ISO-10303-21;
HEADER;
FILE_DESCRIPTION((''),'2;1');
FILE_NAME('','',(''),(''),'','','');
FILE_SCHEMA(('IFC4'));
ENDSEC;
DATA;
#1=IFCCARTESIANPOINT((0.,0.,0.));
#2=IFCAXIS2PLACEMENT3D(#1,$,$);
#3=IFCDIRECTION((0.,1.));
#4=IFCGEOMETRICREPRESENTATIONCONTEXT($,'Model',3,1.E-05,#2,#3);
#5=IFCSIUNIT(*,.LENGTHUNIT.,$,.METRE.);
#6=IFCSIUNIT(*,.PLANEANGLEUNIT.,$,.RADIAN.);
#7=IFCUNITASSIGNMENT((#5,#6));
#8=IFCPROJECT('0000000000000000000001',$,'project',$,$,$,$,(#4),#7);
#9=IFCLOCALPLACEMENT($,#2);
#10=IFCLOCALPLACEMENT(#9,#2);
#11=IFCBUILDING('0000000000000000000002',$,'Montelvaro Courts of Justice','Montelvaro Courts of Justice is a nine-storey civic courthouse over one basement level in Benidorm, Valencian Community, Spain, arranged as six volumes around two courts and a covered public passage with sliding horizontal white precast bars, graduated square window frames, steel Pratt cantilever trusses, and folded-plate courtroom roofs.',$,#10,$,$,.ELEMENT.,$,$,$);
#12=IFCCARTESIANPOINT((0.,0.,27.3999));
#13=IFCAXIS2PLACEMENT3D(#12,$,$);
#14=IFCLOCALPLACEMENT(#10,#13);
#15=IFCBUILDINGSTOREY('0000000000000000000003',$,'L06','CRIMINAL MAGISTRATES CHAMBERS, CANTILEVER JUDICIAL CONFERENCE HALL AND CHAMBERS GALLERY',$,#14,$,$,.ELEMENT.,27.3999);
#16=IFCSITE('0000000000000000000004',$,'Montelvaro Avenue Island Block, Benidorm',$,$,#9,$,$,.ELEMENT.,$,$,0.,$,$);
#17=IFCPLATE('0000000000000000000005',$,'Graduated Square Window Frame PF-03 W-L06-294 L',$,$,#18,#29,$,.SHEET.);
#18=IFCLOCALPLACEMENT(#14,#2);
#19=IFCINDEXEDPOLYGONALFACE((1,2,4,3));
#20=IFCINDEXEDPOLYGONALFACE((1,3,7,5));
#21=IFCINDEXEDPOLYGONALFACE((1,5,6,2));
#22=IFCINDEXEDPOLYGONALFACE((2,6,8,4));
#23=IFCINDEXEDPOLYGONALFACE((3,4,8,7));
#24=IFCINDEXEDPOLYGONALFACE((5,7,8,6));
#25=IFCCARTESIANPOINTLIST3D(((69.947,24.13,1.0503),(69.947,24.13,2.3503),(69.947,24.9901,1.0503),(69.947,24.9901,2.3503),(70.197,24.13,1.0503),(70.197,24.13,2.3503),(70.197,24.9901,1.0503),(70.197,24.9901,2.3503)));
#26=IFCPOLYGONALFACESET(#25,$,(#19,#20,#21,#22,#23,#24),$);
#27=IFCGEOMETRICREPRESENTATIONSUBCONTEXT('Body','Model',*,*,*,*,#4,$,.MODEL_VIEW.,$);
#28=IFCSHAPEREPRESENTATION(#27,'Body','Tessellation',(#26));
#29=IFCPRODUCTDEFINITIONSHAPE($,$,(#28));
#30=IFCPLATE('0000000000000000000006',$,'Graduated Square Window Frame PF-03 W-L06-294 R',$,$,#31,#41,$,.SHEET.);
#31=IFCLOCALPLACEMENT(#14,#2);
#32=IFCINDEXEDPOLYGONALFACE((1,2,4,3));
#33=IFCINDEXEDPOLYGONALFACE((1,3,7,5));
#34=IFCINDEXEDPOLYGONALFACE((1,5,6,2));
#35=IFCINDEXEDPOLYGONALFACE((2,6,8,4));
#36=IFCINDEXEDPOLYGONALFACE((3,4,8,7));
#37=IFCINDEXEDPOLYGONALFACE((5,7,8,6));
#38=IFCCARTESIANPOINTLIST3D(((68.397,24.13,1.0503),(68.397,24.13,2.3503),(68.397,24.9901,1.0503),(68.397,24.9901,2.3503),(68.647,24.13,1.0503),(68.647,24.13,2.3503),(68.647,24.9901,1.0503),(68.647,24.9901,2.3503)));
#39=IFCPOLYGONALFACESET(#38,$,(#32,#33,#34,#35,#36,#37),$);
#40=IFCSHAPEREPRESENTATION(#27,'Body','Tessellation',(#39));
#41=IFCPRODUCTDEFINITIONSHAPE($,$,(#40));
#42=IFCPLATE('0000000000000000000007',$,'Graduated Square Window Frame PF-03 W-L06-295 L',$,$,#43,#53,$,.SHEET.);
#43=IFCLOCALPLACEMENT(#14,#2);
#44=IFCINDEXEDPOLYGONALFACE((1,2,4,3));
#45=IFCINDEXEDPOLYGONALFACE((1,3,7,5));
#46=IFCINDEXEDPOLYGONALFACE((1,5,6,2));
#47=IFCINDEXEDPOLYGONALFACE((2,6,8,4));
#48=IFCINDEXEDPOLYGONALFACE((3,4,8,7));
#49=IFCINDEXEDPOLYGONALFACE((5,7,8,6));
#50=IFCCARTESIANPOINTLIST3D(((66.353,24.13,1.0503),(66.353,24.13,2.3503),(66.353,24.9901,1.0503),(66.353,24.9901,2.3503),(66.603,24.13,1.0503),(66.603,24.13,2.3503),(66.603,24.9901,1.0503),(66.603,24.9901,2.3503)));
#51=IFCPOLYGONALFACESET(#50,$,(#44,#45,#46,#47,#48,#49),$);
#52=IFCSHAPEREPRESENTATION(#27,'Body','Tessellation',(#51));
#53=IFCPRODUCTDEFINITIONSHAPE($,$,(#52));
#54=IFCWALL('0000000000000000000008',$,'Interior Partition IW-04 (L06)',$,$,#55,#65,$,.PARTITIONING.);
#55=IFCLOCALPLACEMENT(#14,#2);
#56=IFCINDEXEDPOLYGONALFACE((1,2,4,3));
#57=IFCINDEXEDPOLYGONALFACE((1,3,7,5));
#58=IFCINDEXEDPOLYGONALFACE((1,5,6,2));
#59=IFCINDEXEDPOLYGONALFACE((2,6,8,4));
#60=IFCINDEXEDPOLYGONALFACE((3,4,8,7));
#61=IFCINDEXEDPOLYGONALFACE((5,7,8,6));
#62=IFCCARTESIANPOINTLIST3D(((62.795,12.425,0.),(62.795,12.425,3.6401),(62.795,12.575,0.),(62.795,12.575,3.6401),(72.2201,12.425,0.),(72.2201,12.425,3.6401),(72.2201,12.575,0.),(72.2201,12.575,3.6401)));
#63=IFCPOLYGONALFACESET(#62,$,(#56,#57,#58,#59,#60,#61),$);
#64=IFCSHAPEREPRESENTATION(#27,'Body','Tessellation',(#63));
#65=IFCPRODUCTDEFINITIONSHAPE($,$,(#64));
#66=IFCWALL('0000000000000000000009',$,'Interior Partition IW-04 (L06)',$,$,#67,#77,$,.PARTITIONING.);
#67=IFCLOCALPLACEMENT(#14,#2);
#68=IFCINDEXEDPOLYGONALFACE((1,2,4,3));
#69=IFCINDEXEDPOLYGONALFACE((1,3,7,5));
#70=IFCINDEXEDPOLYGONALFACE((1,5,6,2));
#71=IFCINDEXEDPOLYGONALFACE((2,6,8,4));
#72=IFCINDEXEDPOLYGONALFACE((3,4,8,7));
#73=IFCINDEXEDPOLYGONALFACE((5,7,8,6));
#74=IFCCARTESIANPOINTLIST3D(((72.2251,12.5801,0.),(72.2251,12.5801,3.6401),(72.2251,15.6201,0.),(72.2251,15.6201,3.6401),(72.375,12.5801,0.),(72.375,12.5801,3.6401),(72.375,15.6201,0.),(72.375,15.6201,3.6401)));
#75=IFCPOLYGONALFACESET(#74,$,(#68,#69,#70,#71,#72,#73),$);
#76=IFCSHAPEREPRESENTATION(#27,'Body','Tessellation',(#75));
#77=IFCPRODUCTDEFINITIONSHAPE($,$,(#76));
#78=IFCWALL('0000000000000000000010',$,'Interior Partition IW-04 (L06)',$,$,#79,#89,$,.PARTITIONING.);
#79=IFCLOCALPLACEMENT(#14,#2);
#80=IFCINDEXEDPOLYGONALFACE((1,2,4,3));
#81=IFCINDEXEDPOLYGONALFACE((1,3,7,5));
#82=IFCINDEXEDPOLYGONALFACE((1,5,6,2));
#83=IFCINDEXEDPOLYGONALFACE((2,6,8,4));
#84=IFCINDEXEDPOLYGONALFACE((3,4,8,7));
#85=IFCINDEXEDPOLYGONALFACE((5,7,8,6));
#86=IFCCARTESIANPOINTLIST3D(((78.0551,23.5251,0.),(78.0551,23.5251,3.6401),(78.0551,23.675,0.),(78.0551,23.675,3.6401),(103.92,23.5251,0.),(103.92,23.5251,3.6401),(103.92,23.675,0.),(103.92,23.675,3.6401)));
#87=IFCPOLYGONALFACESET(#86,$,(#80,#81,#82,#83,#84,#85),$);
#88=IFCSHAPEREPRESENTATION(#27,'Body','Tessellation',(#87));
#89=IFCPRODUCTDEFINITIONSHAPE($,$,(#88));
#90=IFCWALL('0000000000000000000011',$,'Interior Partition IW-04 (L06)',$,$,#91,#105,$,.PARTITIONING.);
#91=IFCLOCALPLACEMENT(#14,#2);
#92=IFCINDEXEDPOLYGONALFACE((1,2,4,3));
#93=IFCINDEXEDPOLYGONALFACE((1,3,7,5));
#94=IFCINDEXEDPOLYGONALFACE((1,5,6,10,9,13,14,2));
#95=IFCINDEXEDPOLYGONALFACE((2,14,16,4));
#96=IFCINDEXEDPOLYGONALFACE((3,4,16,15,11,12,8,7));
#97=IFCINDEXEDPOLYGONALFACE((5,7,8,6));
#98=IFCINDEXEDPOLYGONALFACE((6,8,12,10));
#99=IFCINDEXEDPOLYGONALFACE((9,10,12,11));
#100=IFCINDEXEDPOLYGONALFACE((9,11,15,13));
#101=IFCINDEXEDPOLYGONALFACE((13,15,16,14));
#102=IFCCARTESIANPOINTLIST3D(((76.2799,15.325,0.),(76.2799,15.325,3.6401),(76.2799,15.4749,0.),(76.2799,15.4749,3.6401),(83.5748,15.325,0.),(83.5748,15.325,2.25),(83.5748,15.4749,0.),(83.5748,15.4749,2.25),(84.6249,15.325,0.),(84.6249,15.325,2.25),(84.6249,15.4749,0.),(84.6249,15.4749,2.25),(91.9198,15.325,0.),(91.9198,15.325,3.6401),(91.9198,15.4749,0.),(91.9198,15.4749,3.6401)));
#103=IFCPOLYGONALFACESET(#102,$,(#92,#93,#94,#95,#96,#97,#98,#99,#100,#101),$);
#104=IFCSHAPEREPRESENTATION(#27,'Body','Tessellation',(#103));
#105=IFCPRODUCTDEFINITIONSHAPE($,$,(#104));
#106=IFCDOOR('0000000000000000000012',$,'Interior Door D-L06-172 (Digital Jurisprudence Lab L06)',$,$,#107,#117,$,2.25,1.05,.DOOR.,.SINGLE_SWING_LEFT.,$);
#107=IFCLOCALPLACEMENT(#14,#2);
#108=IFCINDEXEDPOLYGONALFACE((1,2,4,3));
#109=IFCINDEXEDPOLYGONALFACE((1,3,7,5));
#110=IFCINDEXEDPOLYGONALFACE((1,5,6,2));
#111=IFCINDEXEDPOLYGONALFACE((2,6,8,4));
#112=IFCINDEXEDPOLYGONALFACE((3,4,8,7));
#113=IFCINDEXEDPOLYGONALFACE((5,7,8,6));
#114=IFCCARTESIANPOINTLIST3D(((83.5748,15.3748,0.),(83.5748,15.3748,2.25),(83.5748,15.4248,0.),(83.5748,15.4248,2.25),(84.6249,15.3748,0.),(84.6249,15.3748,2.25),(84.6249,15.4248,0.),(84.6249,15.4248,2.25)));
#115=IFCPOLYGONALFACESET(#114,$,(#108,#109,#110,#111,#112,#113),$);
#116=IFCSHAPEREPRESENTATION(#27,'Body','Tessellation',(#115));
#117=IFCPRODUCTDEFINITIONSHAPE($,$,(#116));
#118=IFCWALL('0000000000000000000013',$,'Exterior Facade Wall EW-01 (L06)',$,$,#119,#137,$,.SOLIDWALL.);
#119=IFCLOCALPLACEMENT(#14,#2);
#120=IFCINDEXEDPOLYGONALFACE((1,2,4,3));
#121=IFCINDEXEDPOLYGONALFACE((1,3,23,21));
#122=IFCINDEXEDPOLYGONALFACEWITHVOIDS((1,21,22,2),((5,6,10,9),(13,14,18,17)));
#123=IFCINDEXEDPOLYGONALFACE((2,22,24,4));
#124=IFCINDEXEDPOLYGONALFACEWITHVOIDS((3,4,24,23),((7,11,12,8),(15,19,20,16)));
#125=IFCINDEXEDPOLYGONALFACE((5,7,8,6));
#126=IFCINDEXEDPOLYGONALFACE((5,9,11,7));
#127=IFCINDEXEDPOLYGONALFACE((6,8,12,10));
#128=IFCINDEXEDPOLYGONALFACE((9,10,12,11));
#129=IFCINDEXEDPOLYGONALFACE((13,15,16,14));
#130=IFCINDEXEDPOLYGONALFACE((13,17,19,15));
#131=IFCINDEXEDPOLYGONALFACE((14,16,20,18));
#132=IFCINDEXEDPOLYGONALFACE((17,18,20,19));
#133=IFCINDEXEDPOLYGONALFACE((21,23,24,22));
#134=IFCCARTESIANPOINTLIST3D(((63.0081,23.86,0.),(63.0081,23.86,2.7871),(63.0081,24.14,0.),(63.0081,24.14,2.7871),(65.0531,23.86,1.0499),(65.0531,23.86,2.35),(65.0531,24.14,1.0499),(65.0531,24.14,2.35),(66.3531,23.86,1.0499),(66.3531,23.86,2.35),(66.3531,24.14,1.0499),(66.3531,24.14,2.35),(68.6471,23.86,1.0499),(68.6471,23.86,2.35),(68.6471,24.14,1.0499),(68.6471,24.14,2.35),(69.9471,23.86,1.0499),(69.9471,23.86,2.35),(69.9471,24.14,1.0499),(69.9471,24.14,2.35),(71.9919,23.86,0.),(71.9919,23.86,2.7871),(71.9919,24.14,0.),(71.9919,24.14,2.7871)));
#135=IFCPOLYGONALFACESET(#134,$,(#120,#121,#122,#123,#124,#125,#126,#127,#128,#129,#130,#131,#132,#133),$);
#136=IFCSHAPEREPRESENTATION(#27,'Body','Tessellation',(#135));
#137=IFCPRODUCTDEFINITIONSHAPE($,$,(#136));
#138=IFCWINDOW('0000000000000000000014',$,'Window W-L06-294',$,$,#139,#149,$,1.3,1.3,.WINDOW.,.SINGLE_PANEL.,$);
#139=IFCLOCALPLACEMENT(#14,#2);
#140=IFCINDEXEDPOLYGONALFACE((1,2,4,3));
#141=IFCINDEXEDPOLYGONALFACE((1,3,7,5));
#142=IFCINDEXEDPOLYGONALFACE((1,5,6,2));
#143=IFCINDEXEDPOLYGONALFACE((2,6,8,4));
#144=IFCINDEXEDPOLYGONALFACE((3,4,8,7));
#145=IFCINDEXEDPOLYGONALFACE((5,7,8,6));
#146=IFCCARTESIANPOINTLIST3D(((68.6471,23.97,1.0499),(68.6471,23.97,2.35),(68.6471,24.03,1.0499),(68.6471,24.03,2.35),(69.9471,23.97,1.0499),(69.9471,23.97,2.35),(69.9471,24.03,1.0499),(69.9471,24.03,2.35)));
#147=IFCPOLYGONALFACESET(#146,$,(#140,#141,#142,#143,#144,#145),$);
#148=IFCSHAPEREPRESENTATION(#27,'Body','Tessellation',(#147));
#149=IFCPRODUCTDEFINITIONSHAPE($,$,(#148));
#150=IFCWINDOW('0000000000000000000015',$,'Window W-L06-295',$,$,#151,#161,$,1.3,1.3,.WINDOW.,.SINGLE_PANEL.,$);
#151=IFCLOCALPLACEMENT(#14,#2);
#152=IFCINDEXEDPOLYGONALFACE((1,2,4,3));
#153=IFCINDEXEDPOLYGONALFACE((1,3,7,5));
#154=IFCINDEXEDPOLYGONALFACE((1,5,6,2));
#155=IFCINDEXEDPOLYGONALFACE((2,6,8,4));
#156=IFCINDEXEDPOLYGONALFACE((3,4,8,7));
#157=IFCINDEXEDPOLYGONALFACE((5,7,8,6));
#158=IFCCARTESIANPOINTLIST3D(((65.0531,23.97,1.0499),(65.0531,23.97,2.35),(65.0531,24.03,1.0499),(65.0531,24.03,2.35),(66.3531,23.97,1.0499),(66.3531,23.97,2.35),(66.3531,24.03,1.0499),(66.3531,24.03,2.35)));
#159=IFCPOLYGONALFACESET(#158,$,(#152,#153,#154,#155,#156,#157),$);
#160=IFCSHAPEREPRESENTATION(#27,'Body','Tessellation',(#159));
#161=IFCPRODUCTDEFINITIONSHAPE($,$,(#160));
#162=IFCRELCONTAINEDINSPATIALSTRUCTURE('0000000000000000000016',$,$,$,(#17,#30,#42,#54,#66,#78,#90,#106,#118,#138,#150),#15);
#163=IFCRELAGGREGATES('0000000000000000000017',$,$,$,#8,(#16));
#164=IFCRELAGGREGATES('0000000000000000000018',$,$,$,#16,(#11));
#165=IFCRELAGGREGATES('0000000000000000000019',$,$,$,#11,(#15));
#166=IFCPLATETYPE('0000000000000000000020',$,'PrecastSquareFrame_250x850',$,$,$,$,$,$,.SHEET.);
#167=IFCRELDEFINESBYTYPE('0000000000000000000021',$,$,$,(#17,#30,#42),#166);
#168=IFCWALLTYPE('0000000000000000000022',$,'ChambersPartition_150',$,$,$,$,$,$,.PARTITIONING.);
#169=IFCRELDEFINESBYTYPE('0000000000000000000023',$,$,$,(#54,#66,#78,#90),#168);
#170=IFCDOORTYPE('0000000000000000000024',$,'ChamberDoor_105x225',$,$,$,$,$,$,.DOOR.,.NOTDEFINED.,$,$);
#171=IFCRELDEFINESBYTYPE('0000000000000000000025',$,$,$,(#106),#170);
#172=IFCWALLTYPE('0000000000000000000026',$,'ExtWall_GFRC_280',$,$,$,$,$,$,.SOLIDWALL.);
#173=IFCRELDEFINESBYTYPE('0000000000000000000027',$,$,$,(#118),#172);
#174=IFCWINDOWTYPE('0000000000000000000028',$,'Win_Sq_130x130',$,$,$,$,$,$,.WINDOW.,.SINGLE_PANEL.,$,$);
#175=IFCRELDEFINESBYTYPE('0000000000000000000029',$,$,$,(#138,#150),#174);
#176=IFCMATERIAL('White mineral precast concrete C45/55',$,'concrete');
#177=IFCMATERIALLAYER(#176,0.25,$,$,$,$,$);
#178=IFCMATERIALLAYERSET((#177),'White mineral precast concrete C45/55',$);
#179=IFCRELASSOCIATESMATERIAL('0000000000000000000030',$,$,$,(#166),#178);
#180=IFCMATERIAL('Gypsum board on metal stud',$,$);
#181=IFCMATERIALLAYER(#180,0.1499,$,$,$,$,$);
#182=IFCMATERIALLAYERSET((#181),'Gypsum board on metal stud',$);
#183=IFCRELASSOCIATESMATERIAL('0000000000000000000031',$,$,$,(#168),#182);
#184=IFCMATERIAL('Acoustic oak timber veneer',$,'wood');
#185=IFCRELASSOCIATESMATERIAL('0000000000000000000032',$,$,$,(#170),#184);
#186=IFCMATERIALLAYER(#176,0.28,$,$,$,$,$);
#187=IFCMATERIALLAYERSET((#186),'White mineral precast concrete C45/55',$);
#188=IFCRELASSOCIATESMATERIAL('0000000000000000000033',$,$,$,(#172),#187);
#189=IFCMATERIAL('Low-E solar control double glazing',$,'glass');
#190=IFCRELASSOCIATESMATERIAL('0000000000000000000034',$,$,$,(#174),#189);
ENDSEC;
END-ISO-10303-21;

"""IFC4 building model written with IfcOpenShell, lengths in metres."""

from ifc_helpers import new_model, si_unit, direction, frame, frame_2d, origin, origin_2d, place, context, subcontext, project, spatial, rectangle, extrude, material, layer, layer_set, type_object, element, fill, save


model = new_model("IFC4")

# Units and contexts
model_context = context("Model", 3, precision=1e-05, world=origin(), true_north=direction((0.0, 1.0)))
body_context = subcontext(model_context, "Body", "Model", "MODEL_VIEW")
ifc_project = project(units=[si_unit("LENGTHUNIT", "METRE"), si_unit("PLANEANGLEUNIT", "RADIAN")], contexts=[model_context])

# Site, building, storey
site_placement = place(None, origin())
site = spatial("IfcSite", under=ifc_project, at=site_placement, Name="Montelvaro Avenue Island Block, Benidorm", CompositionType="ELEMENT", RefElevation=0.0)
building_placement = place(site_placement, origin())
building = spatial("IfcBuilding", under=site, at=building_placement, Name="Montelvaro Courts of Justice", Description="Montelvaro Courts of Justice is a nine-storey civic courthouse over one basement level in Benidorm, Valencian Community, Spain, arranged as six volumes around two courts and a covered public passage with sliding horizontal white precast bars, graduated square window frames, steel Pratt cantilever trusses, and folded-plate courtroom roofs.", CompositionType="ELEMENT")
storey_placement = place(building_placement, frame((0.0, 0.0, 27.3999)))
storey = spatial("IfcBuildingStorey", under=building, at=storey_placement, Name="L06", Description="CRIMINAL MAGISTRATES CHAMBERS, CANTILEVER JUDICIAL CONFERENCE HALL AND CHAMBERS GALLERY", CompositionType="ELEMENT", Elevation=27.3999)

# Plates
ifc_material_1 = material(Name="White mineral precast concrete C45/55", Category="concrete")
ifc_layer_1 = layer(ifc_material_1, 0.25)
ifc_layer_set_1 = layer_set([ifc_layer_1], Name="White mineral precast concrete C45/55")
plate_type_1 = type_object("IfcPlateType", Name="PrecastSquareFrame_250x850", PredefinedType="SHEET", material=ifc_layer_set_1)
for number, where, z_axis, x_axis, name in (
    (1, (70.072, 24.5601, 1.0503), (0.0, 0.0, 1.0), (-1.0, 0.0, 0.0), "Graduated Square Window Frame PF-03 W-L06-294 L"),
    (2, (68.522, 24.5601, 1.0503), (0.0, 0.0, 1.0), (-1.0, 0.0, 0.0), "Graduated Square Window Frame PF-03 W-L06-294 R"),
    (3, (66.478, 24.5601, 1.0503), (0.0, 0.0, 1.0), (-1.0, 0.0, 0.0), "Graduated Square Window Frame PF-03 W-L06-295 L"),
):
    element("IfcPlate", number, at=place(storey_placement, frame(where, z_axis=z_axis, x_axis=x_axis)), inside=storey, type_object=plate_type_1, Name=name, PredefinedType="SHEET", context=body_context, shape_type="SweptSolid", body=[
        extrude(rectangle(XDim=0.25, YDim=0.8601, at=origin_2d()), origin(), (0.0, 0.0, 1.0), 1.3),
    ])

# Walls
ifc_material_2 = material(Name="Gypsum board on metal stud")
ifc_layer_2 = layer(ifc_material_2, 0.1499)
ifc_layer_set_2 = layer_set([ifc_layer_2], Name="Gypsum board on metal stud")
wall_type_1 = type_object("IfcWallType", Name="ChambersPartition_150", PredefinedType="PARTITIONING", material=ifc_layer_set_2)
wall_1_placement = place(storey_placement, frame((72.22, 12.5, 0.0), z_axis=(0.0, 0.0, 1.0), x_axis=(-1.0, 0.0, 0.0)))
element("IfcWall", 4, at=wall_1_placement, inside=storey, type_object=wall_type_1, Name="Interior Partition IW-04 (L06)", PredefinedType="PARTITIONING", context=body_context, shape_type="SweptSolid", body=[
    extrude(rectangle(XDim=9.425, YDim=0.1499, at=frame_2d((4.7124, 0.0))), origin(), (0.0, 0.0, 1.0), 3.6401),
])
wall_2_placement = place(storey_placement, frame((72.3, 15.6201, 0.0), z_axis=(0.0, 0.0, 1.0), x_axis=(0.0, -1.0, 0.0)))
element("IfcWall", 5, at=wall_2_placement, inside=storey, type_object=wall_type_1, Name="Interior Partition IW-04 (L06)", PredefinedType="PARTITIONING", context=body_context, shape_type="SweptSolid", body=[
    extrude(rectangle(XDim=3.04, YDim=0.1499, at=frame_2d((1.52, 0.0))), origin(), (0.0, 0.0, 1.0), 3.6401),
])
wall_3_placement = place(storey_placement, frame((78.0549, 23.6001, 0.0), z_axis=(0.0, 0.0, 1.0), x_axis=(1.0, 0.0, 0.0)))
element("IfcWall", 6, at=wall_3_placement, inside=storey, type_object=wall_type_1, Name="Interior Partition IW-04 (L06)", PredefinedType="PARTITIONING", context=body_context, shape_type="SweptSolid", body=[
    extrude(rectangle(XDim=25.865, YDim=0.1499, at=frame_2d((12.9326, 0.0))), origin(), (0.0, 0.0, 1.0), 3.6401),
])

# Wall, opening, door
wall_4_placement = place(storey_placement, frame((76.28, 15.3999, 0.0), z_axis=(0.0, 0.0, 1.0), x_axis=(1.0, 0.0, 0.0)))
wall_4 = element("IfcWall", 7, at=wall_4_placement, inside=storey, type_object=wall_type_1, Name="Interior Partition IW-04 (L06)", PredefinedType="PARTITIONING", context=body_context, shape_type="SweptSolid", body=[
    extrude(rectangle(XDim=15.6399, YDim=0.1499, at=frame_2d((7.8198, 0.0))), origin(), (0.0, 0.0, 1.0), 3.6401),
])
opening_1_placement = place(wall_4_placement, frame((7.2949, 0.0, 0.0)))
opening_1 = element("IfcOpeningElement", 8, at=opening_1_placement, cuts=wall_4, PredefinedType="OPENING", context=body_context, shape_type="SweptSolid", body=[
    extrude(rectangle(XDim=1.05, YDim=2.25, at=frame_2d((0.5249, 1.125))), frame((0.0, 0.0898, 0.0), z_axis=(0.0, -1.0, 0.0), x_axis=(1.0, 0.0, 0.0)), (0.0, 0.0, 1.0), 0.1797),
])
ifc_material_3 = material(Name="Acoustic oak timber veneer", Category="wood")
door_type_1 = type_object("IfcDoorType", Name="ChamberDoor_105x225", OperationType="NOTDEFINED", PredefinedType="DOOR", material=ifc_material_3)
door_1_placement = place(opening_1_placement, origin())
door_1 = element("IfcDoor", 9, at=door_1_placement, inside=storey, type_object=door_type_1, Name="Interior Door D-L06-172 (Digital Jurisprudence Lab L06)", OperationType="SINGLE_SWING_LEFT", OverallHeight=2.25, OverallWidth=1.05, PredefinedType="DOOR", context=body_context, shape_type="SweptSolid", body=[
    extrude(rectangle(XDim=1.05, YDim=2.25, at=frame_2d((0.5249, 1.125))), frame((0.0, 0.0249, 0.0), z_axis=(0.0, -1.0, 0.0), x_axis=(1.0, 0.0, 0.0)), (0.0, 0.0, 1.0), 0.05),
])
fill(opening_1, door_1)

# Wall, openings, windows
ifc_layer_3 = layer(ifc_material_1, 0.28)
ifc_layer_set_3 = layer_set([ifc_layer_3], Name="White mineral precast concrete C45/55")
wall_type_2 = type_object("IfcWallType", Name="ExtWall_GFRC_280", PredefinedType="SOLIDWALL", material=ifc_layer_set_3)
wall_5_placement = place(storey_placement, frame((71.9919, 24.0, 0.0), z_axis=(0.0, 0.0, 1.0), x_axis=(-1.0, 0.0, 0.0)))
wall_5 = element("IfcWall", 10, at=wall_5_placement, inside=storey, type_object=wall_type_2, Name="Exterior Facade Wall EW-01 (L06)", PredefinedType="SOLIDWALL", context=body_context, shape_type="SweptSolid", body=[
    extrude(rectangle(XDim=8.9839, YDim=0.28, at=frame_2d((4.4919, 0.0))), origin(), (0.0, 0.0, 1.0), 2.7871),
])
opening_2_placement = place(wall_5_placement, frame((2.0449, 0.0, 1.05)))
opening_2 = element("IfcOpeningElement", 11, at=opening_2_placement, cuts=wall_5, PredefinedType="OPENING", context=body_context, shape_type="SweptSolid", body=[
    extrude(rectangle(XDim=1.3, YDim=1.3, at=frame_2d((0.6499, 0.6499))), frame((0.0, 0.1548, 0.0), z_axis=(0.0, -1.0, 0.0), x_axis=(1.0, 0.0, 0.0)), (0.0, 0.0, 1.0), 0.3098),
])
opening_3_placement = place(wall_5_placement, frame((5.6389, 0.0, 1.05)))
opening_3 = element("IfcOpeningElement", 12, at=opening_3_placement, cuts=wall_5, PredefinedType="OPENING", context=body_context, shape_type="SweptSolid", body=[
    extrude(rectangle(XDim=1.3, YDim=1.3, at=frame_2d((0.6499, 0.6499))), frame((0.0, 0.1548, 0.0), z_axis=(0.0, -1.0, 0.0), x_axis=(1.0, 0.0, 0.0)), (0.0, 0.0, 1.0), 0.3098),
])
ifc_material_4 = material(Name="Low-E solar control double glazing", Category="glass")
window_type = type_object("IfcWindowType", Name="Win_Sq_130x130", PartitioningType="SINGLE_PANEL", PredefinedType="WINDOW", material=ifc_material_4)
window_1_placement = place(opening_2_placement, origin())
window_1 = element("IfcWindow", 13, at=window_1_placement, inside=storey, type_object=window_type, Name="Window W-L06-294", OverallHeight=1.3, OverallWidth=1.3, PartitioningType="SINGLE_PANEL", PredefinedType="WINDOW", context=body_context, shape_type="SweptSolid", body=[
    extrude(rectangle(XDim=1.3, YDim=1.3, at=frame_2d((0.6499, 0.6499))), frame((0.0, 0.03, 0.0), z_axis=(0.0, -1.0, 0.0), x_axis=(1.0, 0.0, 0.0)), (0.0, 0.0, 1.0), 0.0601),
])
fill(opening_2, window_1)
window_2_placement = place(opening_3_placement, origin())
window_2 = element("IfcWindow", 14, at=window_2_placement, inside=storey, type_object=window_type, Name="Window W-L06-295", OverallHeight=1.3, OverallWidth=1.3, PartitioningType="SINGLE_PANEL", PredefinedType="WINDOW", context=body_context, shape_type="SweptSolid", body=[
    extrude(rectangle(XDim=1.3, YDim=1.3, at=frame_2d((0.6499, 0.6499))), frame((0.0, 0.03, 0.0), z_axis=(0.0, -1.0, 0.0), x_axis=(1.0, 0.0, 0.0)), (0.0, 0.0, 1.0), 0.0601),
])
fill(opening_3, window_2)

save(model, "model.ifc")
